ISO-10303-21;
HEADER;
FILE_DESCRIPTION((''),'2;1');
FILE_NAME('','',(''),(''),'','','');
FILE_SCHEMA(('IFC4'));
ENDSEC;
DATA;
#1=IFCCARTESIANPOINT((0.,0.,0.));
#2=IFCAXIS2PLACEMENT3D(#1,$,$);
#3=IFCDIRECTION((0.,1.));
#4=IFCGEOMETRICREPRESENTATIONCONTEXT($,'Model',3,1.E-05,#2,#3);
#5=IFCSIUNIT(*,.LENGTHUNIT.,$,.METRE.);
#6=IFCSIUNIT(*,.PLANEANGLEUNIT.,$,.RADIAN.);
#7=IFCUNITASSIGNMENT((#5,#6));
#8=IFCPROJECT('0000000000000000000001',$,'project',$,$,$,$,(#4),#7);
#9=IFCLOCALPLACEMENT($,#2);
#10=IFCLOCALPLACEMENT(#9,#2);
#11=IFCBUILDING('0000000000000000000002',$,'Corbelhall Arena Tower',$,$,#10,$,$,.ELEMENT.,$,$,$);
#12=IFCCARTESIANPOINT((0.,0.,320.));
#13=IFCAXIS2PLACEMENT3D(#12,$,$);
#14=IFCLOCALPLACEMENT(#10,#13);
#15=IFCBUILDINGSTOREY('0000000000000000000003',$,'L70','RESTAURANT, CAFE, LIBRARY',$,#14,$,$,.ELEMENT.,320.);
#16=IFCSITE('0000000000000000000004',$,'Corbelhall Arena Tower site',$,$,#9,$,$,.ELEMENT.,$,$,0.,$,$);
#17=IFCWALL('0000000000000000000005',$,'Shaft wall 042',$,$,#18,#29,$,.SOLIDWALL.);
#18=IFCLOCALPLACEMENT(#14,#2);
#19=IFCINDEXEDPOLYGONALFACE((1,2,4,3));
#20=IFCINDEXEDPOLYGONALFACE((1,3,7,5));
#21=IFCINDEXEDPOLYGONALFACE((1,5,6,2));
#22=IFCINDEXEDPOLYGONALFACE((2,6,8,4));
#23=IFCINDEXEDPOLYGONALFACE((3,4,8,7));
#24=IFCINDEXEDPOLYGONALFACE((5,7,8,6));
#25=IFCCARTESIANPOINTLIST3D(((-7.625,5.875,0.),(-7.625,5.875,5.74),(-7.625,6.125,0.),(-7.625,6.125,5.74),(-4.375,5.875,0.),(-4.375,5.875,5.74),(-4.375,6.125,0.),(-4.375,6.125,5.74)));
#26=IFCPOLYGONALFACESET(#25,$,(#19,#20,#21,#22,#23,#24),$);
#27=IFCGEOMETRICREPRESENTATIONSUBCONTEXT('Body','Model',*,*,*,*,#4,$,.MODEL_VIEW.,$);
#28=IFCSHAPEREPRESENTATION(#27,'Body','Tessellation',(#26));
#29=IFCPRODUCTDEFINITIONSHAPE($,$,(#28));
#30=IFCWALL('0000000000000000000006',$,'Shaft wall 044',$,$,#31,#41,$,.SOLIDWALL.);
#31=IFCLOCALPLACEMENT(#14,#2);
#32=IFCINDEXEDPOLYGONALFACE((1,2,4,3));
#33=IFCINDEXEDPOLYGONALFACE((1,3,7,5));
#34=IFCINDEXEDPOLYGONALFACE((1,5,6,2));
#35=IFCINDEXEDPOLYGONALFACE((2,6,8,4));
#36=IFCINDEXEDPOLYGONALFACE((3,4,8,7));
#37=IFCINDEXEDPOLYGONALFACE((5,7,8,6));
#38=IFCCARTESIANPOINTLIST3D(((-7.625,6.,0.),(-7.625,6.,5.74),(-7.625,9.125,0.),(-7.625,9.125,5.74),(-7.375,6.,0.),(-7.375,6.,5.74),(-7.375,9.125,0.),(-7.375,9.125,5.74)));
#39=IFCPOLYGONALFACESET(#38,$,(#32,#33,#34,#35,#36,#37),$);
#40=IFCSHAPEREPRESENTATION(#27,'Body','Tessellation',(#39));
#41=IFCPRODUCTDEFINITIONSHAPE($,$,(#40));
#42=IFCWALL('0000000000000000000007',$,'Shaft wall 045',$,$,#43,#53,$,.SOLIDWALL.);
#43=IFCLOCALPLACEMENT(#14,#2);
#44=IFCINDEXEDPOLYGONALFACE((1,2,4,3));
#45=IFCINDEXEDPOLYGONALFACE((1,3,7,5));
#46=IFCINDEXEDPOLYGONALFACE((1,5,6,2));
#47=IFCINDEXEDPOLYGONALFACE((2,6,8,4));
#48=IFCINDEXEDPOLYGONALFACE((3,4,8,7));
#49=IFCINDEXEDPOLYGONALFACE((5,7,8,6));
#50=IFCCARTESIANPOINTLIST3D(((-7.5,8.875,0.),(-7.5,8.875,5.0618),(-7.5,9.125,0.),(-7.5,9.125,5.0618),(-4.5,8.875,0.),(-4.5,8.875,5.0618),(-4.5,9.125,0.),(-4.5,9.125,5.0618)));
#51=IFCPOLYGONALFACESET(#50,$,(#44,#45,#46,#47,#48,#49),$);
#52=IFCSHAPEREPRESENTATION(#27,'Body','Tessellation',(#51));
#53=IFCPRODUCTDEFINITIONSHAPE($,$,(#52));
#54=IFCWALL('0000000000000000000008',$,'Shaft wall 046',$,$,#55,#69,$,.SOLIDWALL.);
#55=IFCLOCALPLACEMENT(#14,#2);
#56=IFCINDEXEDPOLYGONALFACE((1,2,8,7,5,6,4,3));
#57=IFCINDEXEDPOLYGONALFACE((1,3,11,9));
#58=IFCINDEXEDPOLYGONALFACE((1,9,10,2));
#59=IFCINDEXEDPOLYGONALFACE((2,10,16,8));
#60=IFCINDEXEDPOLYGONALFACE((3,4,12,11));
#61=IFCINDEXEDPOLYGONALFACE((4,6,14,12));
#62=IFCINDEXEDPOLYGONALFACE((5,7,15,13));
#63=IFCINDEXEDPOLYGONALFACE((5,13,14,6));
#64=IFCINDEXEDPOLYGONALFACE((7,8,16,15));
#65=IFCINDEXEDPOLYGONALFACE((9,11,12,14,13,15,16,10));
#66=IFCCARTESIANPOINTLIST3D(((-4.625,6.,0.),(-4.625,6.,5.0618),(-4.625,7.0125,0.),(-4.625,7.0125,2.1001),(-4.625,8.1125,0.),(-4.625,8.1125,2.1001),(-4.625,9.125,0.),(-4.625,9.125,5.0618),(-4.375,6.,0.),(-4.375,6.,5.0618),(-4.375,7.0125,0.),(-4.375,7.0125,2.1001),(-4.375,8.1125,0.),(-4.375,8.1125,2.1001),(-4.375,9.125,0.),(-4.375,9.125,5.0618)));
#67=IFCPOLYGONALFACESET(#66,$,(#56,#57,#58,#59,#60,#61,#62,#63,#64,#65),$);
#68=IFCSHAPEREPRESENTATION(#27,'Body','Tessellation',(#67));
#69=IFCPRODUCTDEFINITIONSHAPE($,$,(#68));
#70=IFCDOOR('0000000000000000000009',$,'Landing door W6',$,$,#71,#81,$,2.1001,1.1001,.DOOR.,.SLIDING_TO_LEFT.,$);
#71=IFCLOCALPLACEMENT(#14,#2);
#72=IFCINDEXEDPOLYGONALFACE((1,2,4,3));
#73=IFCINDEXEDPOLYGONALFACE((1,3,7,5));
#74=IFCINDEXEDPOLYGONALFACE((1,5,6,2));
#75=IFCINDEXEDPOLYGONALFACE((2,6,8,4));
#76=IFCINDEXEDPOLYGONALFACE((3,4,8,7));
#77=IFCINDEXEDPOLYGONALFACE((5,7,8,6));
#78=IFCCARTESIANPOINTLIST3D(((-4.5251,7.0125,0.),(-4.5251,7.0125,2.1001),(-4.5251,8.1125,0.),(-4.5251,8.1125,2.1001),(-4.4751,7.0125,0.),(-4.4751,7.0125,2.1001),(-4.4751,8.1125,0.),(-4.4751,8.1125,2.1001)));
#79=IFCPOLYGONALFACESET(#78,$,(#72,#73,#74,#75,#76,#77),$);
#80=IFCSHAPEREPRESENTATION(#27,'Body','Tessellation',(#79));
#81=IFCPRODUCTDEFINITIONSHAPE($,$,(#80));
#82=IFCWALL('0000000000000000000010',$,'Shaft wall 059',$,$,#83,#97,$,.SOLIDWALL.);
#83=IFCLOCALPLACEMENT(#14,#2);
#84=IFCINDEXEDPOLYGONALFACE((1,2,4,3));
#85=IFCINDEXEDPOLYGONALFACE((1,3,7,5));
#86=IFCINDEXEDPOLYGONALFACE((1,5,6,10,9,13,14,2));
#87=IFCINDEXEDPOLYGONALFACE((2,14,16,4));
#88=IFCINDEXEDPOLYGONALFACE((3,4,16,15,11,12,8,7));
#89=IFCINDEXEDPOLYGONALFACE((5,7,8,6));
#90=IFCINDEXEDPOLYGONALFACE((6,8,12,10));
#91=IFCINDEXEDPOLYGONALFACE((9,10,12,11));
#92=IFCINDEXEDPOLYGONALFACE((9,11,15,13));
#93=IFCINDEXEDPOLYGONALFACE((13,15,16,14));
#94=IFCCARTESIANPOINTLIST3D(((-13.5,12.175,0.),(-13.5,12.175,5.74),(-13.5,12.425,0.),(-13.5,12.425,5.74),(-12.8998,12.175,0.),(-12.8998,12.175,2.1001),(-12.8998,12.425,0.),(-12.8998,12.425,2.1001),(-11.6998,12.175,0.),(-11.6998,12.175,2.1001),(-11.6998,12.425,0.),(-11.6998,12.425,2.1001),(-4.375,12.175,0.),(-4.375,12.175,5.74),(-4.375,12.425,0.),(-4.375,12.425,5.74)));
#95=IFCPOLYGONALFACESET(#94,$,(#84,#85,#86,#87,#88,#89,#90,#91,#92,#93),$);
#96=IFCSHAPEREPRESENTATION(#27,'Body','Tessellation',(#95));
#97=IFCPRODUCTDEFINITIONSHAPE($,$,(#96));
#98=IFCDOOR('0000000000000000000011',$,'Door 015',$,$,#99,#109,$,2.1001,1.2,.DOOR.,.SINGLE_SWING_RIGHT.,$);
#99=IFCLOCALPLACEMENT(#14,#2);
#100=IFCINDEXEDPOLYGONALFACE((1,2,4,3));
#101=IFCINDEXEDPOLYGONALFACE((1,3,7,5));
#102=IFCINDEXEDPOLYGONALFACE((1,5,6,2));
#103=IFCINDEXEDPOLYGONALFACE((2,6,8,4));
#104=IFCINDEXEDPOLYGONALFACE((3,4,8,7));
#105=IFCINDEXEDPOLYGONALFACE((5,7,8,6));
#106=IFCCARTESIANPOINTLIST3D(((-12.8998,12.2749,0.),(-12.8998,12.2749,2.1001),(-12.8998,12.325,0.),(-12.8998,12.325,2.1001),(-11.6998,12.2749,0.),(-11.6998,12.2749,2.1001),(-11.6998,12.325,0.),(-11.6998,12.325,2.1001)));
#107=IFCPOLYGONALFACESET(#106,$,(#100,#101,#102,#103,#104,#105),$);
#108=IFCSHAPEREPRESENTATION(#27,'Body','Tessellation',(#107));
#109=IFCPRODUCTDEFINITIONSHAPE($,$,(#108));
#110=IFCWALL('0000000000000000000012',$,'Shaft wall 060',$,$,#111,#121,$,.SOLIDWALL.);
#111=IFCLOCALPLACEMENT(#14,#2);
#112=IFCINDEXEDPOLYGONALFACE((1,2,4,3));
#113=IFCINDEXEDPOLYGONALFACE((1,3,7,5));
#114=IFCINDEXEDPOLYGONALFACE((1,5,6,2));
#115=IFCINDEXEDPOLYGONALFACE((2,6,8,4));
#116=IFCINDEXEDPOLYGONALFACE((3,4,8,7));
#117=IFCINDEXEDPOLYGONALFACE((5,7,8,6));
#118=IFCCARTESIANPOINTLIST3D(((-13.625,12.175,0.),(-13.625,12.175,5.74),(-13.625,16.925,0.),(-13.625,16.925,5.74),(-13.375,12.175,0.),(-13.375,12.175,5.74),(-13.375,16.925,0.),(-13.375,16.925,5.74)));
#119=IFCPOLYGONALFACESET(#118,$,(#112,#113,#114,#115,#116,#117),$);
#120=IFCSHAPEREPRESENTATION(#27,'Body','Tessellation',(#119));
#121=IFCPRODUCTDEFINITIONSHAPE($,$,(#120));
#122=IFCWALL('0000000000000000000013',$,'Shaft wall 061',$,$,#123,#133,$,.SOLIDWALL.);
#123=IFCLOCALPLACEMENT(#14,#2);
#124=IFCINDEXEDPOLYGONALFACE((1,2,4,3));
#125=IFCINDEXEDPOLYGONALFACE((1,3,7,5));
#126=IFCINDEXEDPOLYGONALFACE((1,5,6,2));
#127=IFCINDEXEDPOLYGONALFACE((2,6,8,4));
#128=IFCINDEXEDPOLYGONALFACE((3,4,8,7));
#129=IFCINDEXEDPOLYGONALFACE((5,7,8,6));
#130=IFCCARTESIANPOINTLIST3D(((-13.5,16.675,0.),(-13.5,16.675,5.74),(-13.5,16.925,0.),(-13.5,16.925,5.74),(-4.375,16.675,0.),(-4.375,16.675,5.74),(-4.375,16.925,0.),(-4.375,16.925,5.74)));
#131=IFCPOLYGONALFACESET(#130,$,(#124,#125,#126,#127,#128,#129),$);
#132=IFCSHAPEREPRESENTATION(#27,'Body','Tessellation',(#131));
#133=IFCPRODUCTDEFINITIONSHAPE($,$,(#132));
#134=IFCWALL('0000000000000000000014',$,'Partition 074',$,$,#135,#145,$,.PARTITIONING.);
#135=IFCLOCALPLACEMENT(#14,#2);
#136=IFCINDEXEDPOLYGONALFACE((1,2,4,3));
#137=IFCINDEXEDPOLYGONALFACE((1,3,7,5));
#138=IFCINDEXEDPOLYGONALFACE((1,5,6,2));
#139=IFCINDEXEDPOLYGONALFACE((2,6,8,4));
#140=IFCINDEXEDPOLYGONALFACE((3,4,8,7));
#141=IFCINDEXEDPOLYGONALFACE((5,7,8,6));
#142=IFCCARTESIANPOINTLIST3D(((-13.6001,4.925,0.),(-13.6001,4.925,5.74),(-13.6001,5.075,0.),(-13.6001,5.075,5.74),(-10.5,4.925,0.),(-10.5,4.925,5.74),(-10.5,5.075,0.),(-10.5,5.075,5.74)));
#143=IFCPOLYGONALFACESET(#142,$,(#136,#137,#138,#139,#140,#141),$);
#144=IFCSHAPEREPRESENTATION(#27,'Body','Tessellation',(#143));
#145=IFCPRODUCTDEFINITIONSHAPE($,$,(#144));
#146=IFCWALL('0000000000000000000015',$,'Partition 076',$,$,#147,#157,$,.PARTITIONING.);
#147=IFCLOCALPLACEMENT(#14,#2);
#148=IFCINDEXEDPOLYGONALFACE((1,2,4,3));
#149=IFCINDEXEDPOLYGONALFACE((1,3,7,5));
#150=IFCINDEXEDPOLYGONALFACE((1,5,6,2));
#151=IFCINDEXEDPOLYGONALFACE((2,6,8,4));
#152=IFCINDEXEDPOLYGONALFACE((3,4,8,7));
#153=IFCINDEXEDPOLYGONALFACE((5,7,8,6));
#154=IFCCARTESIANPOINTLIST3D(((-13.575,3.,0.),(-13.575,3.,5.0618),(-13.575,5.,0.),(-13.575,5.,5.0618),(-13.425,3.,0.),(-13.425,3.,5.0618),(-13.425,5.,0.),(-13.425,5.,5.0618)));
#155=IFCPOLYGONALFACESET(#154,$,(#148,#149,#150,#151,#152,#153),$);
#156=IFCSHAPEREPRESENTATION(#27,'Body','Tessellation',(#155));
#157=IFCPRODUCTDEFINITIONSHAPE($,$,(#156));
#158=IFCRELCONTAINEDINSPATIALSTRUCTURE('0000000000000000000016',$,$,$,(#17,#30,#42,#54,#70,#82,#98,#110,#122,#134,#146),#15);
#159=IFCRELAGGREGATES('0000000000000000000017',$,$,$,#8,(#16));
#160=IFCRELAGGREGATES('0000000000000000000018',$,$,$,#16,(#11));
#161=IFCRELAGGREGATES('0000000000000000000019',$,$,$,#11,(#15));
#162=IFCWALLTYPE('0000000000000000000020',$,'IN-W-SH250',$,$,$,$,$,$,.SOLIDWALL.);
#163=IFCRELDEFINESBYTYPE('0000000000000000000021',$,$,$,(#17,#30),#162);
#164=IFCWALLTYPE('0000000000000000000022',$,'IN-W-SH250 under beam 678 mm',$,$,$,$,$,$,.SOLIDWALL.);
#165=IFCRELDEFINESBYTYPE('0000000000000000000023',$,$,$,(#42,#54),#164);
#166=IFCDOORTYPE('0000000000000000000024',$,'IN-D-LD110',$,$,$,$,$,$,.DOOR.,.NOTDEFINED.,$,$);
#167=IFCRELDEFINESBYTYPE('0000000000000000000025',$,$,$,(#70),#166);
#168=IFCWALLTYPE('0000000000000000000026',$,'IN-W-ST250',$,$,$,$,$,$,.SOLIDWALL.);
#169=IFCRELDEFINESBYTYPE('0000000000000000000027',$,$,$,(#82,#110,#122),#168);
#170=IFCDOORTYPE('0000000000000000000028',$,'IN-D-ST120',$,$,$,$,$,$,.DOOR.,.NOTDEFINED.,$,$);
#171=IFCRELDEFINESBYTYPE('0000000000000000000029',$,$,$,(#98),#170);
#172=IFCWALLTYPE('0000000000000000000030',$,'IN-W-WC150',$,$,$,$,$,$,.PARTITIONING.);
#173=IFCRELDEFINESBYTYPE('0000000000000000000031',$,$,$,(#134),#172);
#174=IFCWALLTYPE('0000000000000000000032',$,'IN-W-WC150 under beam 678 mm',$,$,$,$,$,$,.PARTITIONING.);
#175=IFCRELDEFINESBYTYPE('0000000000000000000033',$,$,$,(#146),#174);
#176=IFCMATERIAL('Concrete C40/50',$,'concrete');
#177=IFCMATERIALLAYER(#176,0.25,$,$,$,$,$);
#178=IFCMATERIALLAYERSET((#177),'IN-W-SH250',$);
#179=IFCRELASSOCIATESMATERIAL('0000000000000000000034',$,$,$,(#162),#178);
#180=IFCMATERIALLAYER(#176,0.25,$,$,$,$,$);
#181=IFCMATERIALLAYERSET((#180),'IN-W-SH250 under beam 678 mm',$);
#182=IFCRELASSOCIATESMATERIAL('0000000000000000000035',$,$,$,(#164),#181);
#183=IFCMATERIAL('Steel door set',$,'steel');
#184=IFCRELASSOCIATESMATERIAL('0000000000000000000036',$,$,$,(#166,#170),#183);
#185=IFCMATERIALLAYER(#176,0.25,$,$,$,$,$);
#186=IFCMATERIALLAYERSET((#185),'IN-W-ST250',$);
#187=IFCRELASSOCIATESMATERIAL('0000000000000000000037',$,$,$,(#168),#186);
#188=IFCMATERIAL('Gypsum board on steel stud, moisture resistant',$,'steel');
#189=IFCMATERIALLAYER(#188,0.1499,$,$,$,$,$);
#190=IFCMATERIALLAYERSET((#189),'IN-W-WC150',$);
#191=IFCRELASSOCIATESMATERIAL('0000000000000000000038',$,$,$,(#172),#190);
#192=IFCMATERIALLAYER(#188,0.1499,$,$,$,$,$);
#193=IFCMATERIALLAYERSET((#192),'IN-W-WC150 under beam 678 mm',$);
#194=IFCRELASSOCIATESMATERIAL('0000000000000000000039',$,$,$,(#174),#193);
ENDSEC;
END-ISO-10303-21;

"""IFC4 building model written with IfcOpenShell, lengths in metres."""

from ifc_helpers import new_model, si_unit, direction, frame, frame_2d, origin, place, context, subcontext, project, spatial, rectangle, extrude, material, layer, layer_set, type_object, element, fill, save


model = new_model("IFC4")

# Units and contexts
model_context = context("Model", 3, precision=1e-05, world=origin(), true_north=direction((0.0, 1.0)))
body_context = subcontext(model_context, "Body", "Model", "MODEL_VIEW")
ifc_project = project(units=[si_unit("LENGTHUNIT", "METRE"), si_unit("PLANEANGLEUNIT", "RADIAN")], contexts=[model_context])

# Site, building, storey
site_placement = place(None, origin())
site = spatial("IfcSite", under=ifc_project, at=site_placement, Name="Corbelhall Arena Tower site", CompositionType="ELEMENT", RefElevation=0.0)
building_placement = place(site_placement, origin())
building = spatial("IfcBuilding", under=site, at=building_placement, Name="Corbelhall Arena Tower", CompositionType="ELEMENT")
storey_placement = place(building_placement, frame((0.0, 0.0, 320.0)))
storey = spatial("IfcBuildingStorey", under=building, at=storey_placement, Name="L70", Description="RESTAURANT, CAFE, LIBRARY", CompositionType="ELEMENT", Elevation=320.0)

# Shared definitions
ifc_material_1 = material(Name="Concrete C40/50", Category="concrete")

# Shared definitions
ifc_material_2 = material(Name="Steel door set", Category="steel")

# Shared definitions
ifc_layer_1 = layer(ifc_material_1, 0.25)
ifc_layer_set_1 = layer_set([ifc_layer_1], Name="IN-W-SH250")
wall_type_1 = type_object("IfcWallType", Name="IN-W-SH250", PredefinedType="SOLIDWALL", material=ifc_layer_set_1)

# Walls
wall_1_placement = place(storey_placement, frame((-7.625, 6.0, 0.0), z_axis=(0.0, 0.0, 1.0), x_axis=(1.0, 0.0, 0.0)))
element("IfcWall", 1, at=wall_1_placement, inside=storey, type_object=wall_type_1, Name="Shaft wall 042", PredefinedType="SOLIDWALL", context=body_context, shape_type="SweptSolid", body=[
    extrude(rectangle(XDim=3.25, YDim=0.25, at=frame_2d((1.625, 0.0))), origin(), (0.0, 0.0, 1.0), 5.74),
])
wall_2_placement = place(storey_placement, frame((-7.5, 6.0, 0.0), z_axis=(0.0, 0.0, 1.0), x_axis=(0.0, 1.0, 0.0)))
element("IfcWall", 2, at=wall_2_placement, inside=storey, type_object=wall_type_1, Name="Shaft wall 044", PredefinedType="SOLIDWALL", context=body_context, shape_type="SweptSolid", body=[
    extrude(rectangle(XDim=3.125, YDim=0.25, at=frame_2d((1.5625, 0.0))), origin(), (0.0, 0.0, 1.0), 5.74),
])
ifc_layer_2 = layer(ifc_material_1, 0.25)
ifc_layer_set_2 = layer_set([ifc_layer_2], Name="IN-W-SH250 under beam 678 mm")
wall_type_2 = type_object("IfcWallType", Name="IN-W-SH250 under beam 678 mm", PredefinedType="SOLIDWALL", material=ifc_layer_set_2)
wall_3_placement = place(storey_placement, frame((-7.5, 9.0, 0.0), z_axis=(0.0, 0.0, 1.0), x_axis=(1.0, 0.0, 0.0)))
element("IfcWall", 3, at=wall_3_placement, inside=storey, type_object=wall_type_2, Name="Shaft wall 045", PredefinedType="SOLIDWALL", context=body_context, shape_type="SweptSolid", body=[
    extrude(rectangle(XDim=3.0, YDim=0.25, at=frame_2d((1.5, 0.0))), origin(), (0.0, 0.0, 1.0), 5.0618),
])

# Walls, openings, doors
wall_4_placement = place(storey_placement, frame((-4.5, 9.125, 0.0), z_axis=(0.0, 0.0, 1.0), x_axis=(0.0, -1.0, 0.0)))
wall_4 = element("IfcWall", 4, at=wall_4_placement, inside=storey, type_object=wall_type_2, Name="Shaft wall 046", PredefinedType="SOLIDWALL", context=body_context, shape_type="SweptSolid", body=[
    extrude(rectangle(XDim=3.125, YDim=0.25, at=frame_2d((1.5625, 0.0))), origin(), (0.0, 0.0, 1.0), 5.0618),
])
opening_1_placement = place(wall_4_placement, frame((1.0125, 0.0, 0.0)))
opening_1 = element("IfcOpeningElement", 5, at=opening_1_placement, cuts=wall_4, PredefinedType="OPENING", context=body_context, shape_type="SweptSolid", body=[
    extrude(rectangle(XDim=1.1001, YDim=2.1001, at=frame_2d((0.55, 1.05))), frame((0.0, 0.125, 0.0), z_axis=(0.0, -1.0, 0.0), x_axis=(1.0, 0.0, 0.0)), (0.0, 0.0, 1.0), 0.25),
])
door_type_1 = type_object("IfcDoorType", Name="IN-D-LD110", OperationType="NOTDEFINED", PredefinedType="DOOR", material=ifc_material_2)
door_1_placement = place(opening_1_placement, origin())
door_1 = element("IfcDoor", 6, at=door_1_placement, inside=storey, type_object=door_type_1, Name="Landing door W6", OperationType="SLIDING_TO_LEFT", OverallHeight=2.1001, OverallWidth=1.1001, PredefinedType="DOOR", context=body_context, shape_type="SweptSolid", body=[
    extrude(rectangle(XDim=1.1001, YDim=2.1001, at=frame_2d((0.55, 1.05))), frame((0.0, 0.0249, 0.0), z_axis=(0.0, -1.0, 0.0), x_axis=(1.0, 0.0, 0.0)), (0.0, 0.0, 1.0), 0.05),
])
fill(opening_1, door_1)
ifc_layer_3 = layer(ifc_material_1, 0.25)
ifc_layer_set_3 = layer_set([ifc_layer_3], Name="IN-W-ST250")
wall_type_3 = type_object("IfcWallType", Name="IN-W-ST250", PredefinedType="SOLIDWALL", material=ifc_layer_set_3)
wall_5_placement = place(storey_placement, frame((-13.5, 12.3, 0.0), z_axis=(0.0, 0.0, 1.0), x_axis=(1.0, 0.0, 0.0)))
wall_5 = element("IfcWall", 7, at=wall_5_placement, inside=storey, type_object=wall_type_3, Name="Shaft wall 059", PredefinedType="SOLIDWALL", context=body_context, shape_type="SweptSolid", body=[
    extrude(rectangle(XDim=9.125, YDim=0.25, at=frame_2d((4.5625, 0.0))), origin(), (0.0, 0.0, 1.0), 5.74),
])
opening_2_placement = place(wall_5_placement, frame((0.6001, 0.0, 0.0)))
opening_2 = element("IfcOpeningElement", 8, at=opening_2_placement, cuts=wall_5, PredefinedType="OPENING", context=body_context, shape_type="SweptSolid", body=[
    extrude(rectangle(XDim=1.2, YDim=2.1001, at=frame_2d((0.6001, 1.05))), frame((0.0, 0.125, 0.0), z_axis=(0.0, -1.0, 0.0), x_axis=(1.0, 0.0, 0.0)), (0.0, 0.0, 1.0), 0.25),
])
door_type_2 = type_object("IfcDoorType", Name="IN-D-ST120", OperationType="NOTDEFINED", PredefinedType="DOOR", material=ifc_material_2)
door_2_placement = place(opening_2_placement, origin())
door_2 = element("IfcDoor", 9, at=door_2_placement, inside=storey, type_object=door_type_2, Name="Door 015", OperationType="SINGLE_SWING_RIGHT", OverallHeight=2.1001, OverallWidth=1.2, PredefinedType="DOOR", context=body_context, shape_type="SweptSolid", body=[
    extrude(rectangle(XDim=1.2, YDim=2.1001, at=frame_2d((0.6001, 1.05))), frame((0.0, 0.0249, 0.0), z_axis=(0.0, -1.0, 0.0), x_axis=(1.0, 0.0, 0.0)), (0.0, 0.0, 1.0), 0.05),
])
fill(opening_2, door_2)

# Walls
wall_6_placement = place(storey_placement, frame((-13.5, 12.175, 0.0), z_axis=(0.0, 0.0, 1.0), x_axis=(0.0, 1.0, 0.0)))
element("IfcWall", 10, at=wall_6_placement, inside=storey, type_object=wall_type_3, Name="Shaft wall 060", PredefinedType="SOLIDWALL", context=body_context, shape_type="SweptSolid", body=[
    extrude(rectangle(XDim=4.75, YDim=0.25, at=frame_2d((2.375, 0.0))), origin(), (0.0, 0.0, 1.0), 5.74),
])
wall_7_placement = place(storey_placement, frame((-13.5, 16.8, 0.0), z_axis=(0.0, 0.0, 1.0), x_axis=(1.0, 0.0, 0.0)))
element("IfcWall", 11, at=wall_7_placement, inside=storey, type_object=wall_type_3, Name="Shaft wall 061", PredefinedType="SOLIDWALL", context=body_context, shape_type="SweptSolid", body=[
    extrude(rectangle(XDim=9.125, YDim=0.25, at=frame_2d((4.5625, 0.0))), origin(), (0.0, 0.0, 1.0), 5.74),
])
ifc_material_3 = material(Name="Gypsum board on steel stud, moisture resistant", Category="steel")
ifc_layer_4 = layer(ifc_material_3, 0.1499)
ifc_layer_set_4 = layer_set([ifc_layer_4], Name="IN-W-WC150")
wall_type_4 = type_object("IfcWallType", Name="IN-W-WC150", PredefinedType="PARTITIONING", material=ifc_layer_set_4)
wall_8_placement = place(storey_placement, frame((-13.6001, 5.0, 0.0), z_axis=(0.0, 0.0, 1.0), x_axis=(1.0, 0.0, 0.0)))
element("IfcWall", 12, at=wall_8_placement, inside=storey, type_object=wall_type_4, Name="Partition 074", PredefinedType="PARTITIONING", context=body_context, shape_type="SweptSolid", body=[
    extrude(rectangle(XDim=3.1001, YDim=0.1499, at=frame_2d((1.55, 0.0))), origin(), (0.0, 0.0, 1.0), 5.74),
])
ifc_layer_5 = layer(ifc_material_3, 0.1499)
ifc_layer_set_5 = layer_set([ifc_layer_5], Name="IN-W-WC150 under beam 678 mm")
wall_type_5 = type_object("IfcWallType", Name="IN-W-WC150 under beam 678 mm", PredefinedType="PARTITIONING", material=ifc_layer_set_5)
wall_9_placement = place(storey_placement, frame((-13.5, 3.0, 0.0), z_axis=(0.0, 0.0, 1.0), x_axis=(0.0, 1.0, 0.0)))
element("IfcWall", 13, at=wall_9_placement, inside=storey, type_object=wall_type_5, Name="Partition 076", PredefinedType="PARTITIONING", context=body_context, shape_type="SweptSolid", body=[
    extrude(rectangle(XDim=2.0, YDim=0.1499, at=frame_2d((1.0, 0.0))), origin(), (0.0, 0.0, 1.0), 5.0618),
])

save(model, "model.ifc")
